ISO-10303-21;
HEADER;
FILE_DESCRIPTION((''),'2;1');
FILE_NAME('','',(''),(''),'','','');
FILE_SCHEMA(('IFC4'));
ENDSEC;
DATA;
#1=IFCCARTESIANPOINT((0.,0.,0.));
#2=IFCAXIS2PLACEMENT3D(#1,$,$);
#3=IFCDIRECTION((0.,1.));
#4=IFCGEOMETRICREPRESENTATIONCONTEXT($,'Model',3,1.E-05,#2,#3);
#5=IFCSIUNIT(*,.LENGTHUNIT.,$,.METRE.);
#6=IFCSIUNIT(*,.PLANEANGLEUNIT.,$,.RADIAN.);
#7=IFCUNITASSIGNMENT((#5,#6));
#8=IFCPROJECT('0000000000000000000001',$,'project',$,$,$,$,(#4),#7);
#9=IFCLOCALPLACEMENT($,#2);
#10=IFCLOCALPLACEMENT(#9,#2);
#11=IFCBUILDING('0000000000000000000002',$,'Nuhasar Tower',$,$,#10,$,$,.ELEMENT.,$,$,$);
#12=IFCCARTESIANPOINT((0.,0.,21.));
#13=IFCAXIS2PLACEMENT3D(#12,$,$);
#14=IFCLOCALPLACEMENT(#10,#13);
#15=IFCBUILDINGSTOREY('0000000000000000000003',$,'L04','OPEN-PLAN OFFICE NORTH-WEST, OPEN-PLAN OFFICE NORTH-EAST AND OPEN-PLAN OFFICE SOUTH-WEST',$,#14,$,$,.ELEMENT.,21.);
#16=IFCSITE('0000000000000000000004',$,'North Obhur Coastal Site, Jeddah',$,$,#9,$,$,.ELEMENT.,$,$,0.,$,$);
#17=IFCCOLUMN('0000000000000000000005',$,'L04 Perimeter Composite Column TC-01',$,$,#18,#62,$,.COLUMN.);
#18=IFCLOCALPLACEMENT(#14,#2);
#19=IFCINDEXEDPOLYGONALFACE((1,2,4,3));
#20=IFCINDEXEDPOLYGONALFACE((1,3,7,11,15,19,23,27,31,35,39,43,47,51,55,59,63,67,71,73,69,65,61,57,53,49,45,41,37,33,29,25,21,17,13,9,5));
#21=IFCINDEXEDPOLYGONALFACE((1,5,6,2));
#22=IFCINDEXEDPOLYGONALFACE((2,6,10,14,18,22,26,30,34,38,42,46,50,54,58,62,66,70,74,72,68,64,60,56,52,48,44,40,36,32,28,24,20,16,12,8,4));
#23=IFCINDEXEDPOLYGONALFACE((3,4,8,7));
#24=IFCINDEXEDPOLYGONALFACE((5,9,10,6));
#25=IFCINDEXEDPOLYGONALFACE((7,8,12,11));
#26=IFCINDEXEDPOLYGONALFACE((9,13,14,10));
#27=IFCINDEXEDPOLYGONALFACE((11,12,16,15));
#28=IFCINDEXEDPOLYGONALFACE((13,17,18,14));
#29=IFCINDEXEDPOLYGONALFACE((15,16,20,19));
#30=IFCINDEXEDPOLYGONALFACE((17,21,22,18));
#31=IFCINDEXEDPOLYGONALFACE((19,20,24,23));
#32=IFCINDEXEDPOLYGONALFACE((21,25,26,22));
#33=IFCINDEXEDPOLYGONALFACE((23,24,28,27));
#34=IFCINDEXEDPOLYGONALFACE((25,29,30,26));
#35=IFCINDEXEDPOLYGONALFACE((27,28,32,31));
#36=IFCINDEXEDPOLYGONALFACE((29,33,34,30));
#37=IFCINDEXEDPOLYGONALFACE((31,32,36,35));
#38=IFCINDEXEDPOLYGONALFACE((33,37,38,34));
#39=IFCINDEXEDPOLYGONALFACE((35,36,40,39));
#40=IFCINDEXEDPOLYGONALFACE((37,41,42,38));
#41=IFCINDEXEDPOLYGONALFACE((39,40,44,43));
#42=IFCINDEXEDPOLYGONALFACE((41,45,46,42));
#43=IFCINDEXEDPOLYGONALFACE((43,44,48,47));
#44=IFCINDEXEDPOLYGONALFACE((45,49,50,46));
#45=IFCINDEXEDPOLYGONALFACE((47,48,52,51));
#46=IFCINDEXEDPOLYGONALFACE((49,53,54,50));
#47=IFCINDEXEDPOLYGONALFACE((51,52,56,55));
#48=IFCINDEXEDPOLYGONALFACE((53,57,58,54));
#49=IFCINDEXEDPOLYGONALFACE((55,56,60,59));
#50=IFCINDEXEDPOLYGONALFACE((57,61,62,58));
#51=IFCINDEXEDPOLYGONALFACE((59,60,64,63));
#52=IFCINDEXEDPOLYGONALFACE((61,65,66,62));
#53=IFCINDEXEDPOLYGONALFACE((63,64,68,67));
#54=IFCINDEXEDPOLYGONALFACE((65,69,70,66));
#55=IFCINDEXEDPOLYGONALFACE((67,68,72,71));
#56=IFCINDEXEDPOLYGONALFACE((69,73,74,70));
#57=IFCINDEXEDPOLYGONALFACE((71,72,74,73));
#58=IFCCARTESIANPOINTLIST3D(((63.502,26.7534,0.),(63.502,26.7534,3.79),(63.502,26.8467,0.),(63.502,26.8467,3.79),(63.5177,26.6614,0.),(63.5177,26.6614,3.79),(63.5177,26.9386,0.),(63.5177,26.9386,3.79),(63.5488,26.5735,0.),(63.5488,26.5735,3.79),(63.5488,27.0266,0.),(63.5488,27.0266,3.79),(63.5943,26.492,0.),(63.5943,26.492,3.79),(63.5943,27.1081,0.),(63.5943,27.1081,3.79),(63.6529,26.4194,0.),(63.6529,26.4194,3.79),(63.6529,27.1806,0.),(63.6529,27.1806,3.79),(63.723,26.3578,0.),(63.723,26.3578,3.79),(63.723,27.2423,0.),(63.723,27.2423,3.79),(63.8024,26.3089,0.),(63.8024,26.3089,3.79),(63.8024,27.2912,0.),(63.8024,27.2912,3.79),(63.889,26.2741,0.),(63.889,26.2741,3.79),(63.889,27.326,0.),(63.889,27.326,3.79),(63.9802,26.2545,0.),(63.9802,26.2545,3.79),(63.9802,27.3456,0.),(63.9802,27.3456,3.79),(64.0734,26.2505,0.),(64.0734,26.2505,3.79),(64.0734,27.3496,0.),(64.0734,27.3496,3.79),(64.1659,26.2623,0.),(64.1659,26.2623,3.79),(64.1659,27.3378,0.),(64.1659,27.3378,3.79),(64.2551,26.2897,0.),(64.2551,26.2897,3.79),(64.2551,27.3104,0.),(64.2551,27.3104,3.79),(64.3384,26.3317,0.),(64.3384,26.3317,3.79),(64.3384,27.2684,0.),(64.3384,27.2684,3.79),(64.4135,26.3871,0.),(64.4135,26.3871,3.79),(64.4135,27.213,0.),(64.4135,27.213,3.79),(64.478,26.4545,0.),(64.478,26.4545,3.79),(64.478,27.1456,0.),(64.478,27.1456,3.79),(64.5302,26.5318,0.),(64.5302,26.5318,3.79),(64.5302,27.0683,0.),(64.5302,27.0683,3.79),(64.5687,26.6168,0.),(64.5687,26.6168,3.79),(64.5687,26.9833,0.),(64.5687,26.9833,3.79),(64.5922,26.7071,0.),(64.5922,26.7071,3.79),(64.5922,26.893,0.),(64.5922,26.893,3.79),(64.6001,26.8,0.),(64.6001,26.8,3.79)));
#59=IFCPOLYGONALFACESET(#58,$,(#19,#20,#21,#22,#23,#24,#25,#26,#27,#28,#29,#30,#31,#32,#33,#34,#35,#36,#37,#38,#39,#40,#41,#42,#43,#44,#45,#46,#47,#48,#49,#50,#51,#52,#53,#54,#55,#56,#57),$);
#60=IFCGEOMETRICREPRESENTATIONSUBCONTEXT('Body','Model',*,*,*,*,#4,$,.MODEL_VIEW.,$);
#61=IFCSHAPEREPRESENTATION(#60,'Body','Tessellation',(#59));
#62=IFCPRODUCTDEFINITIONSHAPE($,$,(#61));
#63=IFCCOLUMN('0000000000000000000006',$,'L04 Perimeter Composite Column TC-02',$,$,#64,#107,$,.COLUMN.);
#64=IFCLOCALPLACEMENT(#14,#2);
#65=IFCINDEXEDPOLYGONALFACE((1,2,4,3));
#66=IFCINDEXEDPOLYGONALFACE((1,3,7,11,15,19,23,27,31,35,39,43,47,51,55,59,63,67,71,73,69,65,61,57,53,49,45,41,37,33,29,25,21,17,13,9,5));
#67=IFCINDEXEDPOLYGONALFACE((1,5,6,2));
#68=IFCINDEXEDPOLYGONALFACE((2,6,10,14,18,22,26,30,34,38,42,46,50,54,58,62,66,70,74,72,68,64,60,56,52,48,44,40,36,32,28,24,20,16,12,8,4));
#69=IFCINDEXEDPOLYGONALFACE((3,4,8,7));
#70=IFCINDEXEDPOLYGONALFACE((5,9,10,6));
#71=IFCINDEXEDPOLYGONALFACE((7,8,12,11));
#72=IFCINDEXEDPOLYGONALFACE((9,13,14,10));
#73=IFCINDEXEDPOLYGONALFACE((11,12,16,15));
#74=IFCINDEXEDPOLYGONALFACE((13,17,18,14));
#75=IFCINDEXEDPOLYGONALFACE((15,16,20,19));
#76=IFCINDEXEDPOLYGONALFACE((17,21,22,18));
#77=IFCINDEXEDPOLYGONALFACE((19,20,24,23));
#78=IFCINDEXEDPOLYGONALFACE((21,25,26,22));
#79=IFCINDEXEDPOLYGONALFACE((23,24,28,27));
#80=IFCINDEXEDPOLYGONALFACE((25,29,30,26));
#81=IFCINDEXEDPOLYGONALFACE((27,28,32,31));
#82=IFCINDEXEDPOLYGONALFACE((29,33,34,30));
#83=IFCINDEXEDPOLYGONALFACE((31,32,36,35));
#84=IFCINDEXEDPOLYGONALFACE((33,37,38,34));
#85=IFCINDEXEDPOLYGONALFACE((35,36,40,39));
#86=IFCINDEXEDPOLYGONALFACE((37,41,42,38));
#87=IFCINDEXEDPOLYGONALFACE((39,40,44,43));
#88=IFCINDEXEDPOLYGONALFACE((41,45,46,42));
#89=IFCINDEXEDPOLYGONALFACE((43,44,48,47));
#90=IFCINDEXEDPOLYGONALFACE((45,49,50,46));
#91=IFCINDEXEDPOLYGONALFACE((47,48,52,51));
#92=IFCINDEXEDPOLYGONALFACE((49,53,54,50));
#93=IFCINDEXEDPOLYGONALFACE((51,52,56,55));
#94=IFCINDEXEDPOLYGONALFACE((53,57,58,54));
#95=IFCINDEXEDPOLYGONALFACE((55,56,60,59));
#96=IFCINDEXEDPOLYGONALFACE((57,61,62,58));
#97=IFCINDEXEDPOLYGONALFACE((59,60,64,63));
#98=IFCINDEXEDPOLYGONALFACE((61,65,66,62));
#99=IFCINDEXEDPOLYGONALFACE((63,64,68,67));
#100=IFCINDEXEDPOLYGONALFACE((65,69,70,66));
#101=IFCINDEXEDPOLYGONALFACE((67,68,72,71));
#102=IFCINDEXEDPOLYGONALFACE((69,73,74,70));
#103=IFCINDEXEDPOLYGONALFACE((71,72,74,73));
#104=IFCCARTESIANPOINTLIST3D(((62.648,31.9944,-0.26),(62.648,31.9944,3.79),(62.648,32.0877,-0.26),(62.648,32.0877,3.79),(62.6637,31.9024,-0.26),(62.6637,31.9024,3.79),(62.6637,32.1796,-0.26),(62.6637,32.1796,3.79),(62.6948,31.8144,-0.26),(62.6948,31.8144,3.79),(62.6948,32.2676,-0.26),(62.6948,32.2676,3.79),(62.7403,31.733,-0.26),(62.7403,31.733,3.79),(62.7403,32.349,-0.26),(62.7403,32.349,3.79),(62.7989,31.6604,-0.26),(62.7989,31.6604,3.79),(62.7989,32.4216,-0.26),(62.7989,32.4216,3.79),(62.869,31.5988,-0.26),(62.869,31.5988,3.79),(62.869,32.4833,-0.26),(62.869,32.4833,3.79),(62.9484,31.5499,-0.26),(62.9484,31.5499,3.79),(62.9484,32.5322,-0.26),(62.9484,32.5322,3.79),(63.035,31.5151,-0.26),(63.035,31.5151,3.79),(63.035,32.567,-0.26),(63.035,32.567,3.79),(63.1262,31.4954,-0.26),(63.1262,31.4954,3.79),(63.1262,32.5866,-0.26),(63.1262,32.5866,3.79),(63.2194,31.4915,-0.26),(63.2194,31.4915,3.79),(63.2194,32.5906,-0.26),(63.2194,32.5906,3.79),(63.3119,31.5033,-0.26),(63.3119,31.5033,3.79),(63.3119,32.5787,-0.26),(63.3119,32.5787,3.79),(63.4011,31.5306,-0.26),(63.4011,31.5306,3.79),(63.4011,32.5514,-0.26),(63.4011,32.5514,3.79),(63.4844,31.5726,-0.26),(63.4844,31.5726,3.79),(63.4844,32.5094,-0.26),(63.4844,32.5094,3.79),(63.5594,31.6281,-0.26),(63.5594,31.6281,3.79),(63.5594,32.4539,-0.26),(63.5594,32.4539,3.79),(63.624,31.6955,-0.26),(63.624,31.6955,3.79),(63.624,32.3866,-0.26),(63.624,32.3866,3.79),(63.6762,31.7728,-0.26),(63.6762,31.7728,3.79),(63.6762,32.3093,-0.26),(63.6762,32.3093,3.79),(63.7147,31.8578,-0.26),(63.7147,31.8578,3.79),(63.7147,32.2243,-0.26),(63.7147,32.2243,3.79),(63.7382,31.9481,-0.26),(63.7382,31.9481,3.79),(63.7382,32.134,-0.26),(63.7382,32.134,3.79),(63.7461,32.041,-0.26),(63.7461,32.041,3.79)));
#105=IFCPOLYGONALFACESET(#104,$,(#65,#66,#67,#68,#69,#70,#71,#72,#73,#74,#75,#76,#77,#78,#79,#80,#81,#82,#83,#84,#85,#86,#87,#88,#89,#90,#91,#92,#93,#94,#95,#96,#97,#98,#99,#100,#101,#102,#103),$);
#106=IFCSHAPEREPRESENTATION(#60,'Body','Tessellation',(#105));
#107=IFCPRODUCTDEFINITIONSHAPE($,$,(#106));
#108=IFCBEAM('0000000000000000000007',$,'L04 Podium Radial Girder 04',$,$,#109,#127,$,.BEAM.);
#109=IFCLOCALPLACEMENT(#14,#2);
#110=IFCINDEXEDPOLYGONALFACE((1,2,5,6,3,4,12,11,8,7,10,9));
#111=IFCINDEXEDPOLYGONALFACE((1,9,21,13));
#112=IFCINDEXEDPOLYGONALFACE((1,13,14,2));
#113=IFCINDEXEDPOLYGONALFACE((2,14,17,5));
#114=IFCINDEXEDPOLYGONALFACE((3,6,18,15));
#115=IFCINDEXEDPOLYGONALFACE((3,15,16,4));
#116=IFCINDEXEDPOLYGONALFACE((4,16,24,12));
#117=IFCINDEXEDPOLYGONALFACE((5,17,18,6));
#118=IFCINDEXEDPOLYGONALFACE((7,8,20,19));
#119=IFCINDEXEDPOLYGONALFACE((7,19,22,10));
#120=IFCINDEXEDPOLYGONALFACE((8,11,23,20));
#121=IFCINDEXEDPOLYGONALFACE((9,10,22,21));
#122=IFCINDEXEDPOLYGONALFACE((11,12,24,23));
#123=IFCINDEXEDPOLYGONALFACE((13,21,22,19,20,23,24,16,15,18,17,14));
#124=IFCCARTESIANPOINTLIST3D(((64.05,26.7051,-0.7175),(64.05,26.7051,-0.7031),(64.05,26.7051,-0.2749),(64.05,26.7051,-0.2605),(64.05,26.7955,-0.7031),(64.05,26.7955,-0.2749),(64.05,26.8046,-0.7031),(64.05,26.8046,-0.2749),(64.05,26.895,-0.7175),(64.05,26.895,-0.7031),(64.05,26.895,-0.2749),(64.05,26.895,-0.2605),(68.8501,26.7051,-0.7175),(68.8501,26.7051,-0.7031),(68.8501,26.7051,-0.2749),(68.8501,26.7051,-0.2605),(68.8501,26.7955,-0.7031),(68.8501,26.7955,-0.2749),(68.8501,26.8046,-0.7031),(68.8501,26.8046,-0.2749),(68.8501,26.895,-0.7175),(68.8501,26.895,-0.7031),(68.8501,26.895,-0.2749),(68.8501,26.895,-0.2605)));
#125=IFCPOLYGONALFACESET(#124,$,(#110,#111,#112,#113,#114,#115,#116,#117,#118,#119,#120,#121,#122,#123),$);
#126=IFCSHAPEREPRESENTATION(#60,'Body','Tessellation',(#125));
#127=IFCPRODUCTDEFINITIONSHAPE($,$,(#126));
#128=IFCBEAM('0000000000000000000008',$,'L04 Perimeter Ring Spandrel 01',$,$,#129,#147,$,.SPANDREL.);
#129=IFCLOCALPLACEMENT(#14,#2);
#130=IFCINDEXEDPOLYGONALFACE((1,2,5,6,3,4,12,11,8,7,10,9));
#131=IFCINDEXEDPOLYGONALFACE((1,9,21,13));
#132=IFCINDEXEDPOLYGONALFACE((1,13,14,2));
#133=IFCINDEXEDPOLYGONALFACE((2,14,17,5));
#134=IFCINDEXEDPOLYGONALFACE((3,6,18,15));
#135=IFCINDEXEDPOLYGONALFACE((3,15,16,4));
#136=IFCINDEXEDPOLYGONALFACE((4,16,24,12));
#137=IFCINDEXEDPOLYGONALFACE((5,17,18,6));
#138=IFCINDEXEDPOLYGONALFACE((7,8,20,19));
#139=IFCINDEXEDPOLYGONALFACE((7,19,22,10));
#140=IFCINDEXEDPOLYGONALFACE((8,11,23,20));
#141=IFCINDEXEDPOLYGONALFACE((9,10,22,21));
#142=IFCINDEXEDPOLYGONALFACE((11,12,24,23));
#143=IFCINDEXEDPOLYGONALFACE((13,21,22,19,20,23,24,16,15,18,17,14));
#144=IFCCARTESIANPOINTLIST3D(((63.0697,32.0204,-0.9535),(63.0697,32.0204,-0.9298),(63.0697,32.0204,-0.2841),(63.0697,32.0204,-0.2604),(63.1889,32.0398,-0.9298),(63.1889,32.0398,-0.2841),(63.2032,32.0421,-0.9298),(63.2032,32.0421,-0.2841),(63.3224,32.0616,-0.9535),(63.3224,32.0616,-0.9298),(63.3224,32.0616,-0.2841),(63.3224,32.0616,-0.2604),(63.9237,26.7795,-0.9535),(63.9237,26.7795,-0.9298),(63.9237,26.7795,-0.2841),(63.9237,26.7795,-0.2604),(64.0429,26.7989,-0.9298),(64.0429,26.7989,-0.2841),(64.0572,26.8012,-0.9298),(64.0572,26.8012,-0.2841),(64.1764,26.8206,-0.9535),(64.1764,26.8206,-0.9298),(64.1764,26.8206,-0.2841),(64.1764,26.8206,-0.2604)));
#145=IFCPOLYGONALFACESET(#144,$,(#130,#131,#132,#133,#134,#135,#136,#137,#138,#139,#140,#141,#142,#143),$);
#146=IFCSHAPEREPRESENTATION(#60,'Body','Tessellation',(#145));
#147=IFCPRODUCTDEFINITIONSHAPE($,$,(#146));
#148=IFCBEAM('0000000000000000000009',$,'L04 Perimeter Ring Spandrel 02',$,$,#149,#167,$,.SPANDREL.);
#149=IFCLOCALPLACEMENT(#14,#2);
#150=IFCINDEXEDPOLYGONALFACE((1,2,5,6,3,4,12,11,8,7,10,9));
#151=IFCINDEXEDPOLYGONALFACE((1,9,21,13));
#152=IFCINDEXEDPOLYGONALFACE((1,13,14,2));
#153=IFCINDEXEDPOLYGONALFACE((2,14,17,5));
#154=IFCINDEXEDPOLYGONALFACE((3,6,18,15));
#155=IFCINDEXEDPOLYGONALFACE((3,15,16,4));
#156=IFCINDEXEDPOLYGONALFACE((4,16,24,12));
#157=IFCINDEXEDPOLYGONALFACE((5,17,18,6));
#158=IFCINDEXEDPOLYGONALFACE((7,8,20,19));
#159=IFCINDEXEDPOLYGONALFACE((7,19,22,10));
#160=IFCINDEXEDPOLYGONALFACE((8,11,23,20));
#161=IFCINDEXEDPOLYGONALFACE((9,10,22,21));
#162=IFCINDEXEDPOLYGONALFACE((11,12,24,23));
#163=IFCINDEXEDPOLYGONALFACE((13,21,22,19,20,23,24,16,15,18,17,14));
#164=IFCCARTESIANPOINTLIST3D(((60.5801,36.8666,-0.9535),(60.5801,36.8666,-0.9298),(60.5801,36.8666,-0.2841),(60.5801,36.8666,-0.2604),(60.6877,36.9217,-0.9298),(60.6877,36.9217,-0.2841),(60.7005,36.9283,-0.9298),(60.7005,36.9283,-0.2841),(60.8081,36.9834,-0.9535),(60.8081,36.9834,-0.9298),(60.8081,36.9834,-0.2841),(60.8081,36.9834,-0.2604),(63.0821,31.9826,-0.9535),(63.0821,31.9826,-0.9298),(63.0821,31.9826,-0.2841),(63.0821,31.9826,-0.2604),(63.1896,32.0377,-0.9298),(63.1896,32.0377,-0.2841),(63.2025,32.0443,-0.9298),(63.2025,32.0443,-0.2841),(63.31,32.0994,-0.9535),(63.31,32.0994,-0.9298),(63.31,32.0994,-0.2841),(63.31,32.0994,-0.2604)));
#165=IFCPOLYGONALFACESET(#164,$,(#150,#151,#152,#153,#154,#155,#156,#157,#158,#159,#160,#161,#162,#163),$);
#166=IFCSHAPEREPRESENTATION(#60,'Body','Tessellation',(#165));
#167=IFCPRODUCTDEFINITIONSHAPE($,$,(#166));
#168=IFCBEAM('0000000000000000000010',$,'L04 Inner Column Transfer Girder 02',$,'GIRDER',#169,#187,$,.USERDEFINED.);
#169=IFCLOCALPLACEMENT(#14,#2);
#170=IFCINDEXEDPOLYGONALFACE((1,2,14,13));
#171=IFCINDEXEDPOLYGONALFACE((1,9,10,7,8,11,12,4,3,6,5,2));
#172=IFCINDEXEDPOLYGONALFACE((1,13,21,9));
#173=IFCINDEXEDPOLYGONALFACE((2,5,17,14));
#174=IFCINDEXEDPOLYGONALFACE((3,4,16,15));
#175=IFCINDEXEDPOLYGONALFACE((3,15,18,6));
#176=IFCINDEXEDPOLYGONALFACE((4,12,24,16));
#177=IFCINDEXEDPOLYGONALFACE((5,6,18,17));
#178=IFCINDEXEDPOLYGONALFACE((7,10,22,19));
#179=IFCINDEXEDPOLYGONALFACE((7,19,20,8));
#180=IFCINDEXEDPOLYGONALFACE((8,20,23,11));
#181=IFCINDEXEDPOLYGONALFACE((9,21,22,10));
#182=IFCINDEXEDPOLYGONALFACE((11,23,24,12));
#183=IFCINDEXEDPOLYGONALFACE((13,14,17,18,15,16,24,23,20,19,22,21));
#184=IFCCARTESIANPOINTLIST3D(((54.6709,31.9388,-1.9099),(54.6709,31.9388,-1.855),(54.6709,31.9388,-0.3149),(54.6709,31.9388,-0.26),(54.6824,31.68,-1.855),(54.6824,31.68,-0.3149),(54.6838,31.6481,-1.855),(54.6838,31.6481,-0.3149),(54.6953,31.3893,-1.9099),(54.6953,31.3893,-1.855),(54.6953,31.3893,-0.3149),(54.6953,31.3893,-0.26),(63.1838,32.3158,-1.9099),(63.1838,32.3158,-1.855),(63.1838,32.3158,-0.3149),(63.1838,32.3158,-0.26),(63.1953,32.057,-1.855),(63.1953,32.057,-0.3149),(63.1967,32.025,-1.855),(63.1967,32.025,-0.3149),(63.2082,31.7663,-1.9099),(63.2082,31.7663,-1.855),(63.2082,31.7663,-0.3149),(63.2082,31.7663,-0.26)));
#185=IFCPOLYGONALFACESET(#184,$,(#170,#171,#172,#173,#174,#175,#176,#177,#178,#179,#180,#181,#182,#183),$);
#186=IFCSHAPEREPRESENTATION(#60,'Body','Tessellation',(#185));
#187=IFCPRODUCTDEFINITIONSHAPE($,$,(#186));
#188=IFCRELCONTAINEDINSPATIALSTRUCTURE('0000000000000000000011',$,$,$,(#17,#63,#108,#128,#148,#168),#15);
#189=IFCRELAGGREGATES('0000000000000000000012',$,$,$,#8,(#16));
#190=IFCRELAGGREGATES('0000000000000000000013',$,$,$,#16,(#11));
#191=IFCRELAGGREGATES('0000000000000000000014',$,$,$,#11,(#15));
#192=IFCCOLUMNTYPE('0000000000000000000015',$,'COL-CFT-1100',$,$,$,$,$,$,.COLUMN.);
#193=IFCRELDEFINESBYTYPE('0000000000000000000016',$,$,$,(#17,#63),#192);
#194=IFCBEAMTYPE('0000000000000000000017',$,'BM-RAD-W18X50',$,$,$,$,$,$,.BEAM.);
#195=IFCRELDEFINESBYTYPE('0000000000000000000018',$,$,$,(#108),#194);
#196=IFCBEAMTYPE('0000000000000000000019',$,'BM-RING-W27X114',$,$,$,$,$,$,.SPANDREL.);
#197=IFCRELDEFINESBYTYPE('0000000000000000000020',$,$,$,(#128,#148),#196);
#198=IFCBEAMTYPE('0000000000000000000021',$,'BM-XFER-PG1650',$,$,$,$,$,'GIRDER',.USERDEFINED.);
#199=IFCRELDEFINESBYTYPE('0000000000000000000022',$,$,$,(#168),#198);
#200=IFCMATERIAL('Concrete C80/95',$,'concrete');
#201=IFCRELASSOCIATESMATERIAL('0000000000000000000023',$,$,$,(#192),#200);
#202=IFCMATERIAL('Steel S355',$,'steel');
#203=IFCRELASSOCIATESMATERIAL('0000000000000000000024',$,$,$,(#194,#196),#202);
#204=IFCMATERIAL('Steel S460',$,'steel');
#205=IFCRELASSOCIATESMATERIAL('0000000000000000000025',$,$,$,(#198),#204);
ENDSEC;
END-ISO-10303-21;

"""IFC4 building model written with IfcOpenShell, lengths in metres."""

from ifc_helpers import new_model, si_unit, direction, frame, origin, origin_2d, place, context, subcontext, project, spatial, circle, i_section, extrude, material, material_profile, profile_set, type_object, element, save


model = new_model("IFC4")

# Units and contexts
model_context = context("Model", 3, precision=1e-05, world=origin(), true_north=direction((0.0, 1.0)))
body_context = subcontext(model_context, "Body", "Model", "MODEL_VIEW")
ifc_project = project(units=[si_unit("LENGTHUNIT", "METRE"), si_unit("PLANEANGLEUNIT", "RADIAN")], contexts=[model_context])

# Site, building, storey
site_placement = place(None, origin())
site = spatial("IfcSite", under=ifc_project, at=site_placement, Name="North Obhur Coastal Site, Jeddah", CompositionType="ELEMENT", RefElevation=0.0)
building_placement = place(site_placement, origin())
building = spatial("IfcBuilding", under=site, at=building_placement, Name="Nuhasar Tower", CompositionType="ELEMENT")
storey_placement = place(building_placement, frame((0.0, 0.0, 21.0)))
storey = spatial("IfcBuildingStorey", under=building, at=storey_placement, Name="L04", Description="OPEN-PLAN OFFICE NORTH-WEST, OPEN-PLAN OFFICE NORTH-EAST AND OPEN-PLAN OFFICE SOUTH-WEST", CompositionType="ELEMENT", Elevation=21.0)

# Columns
ifc_material_1 = material(Name="Concrete C80/95", Category="concrete")
ifc_material_profile_1 = material_profile(ifc_material_1, circle(Radius=0.55, at=origin_2d()), Name="CFT1100")
ifc_profile_set_1 = profile_set([ifc_material_profile_1], Name="Concrete C80/95")
column_type = type_object("IfcColumnType", Name="COL-CFT-1100", PredefinedType="COLUMN", material=ifc_profile_set_1)
column_1_placement = place(storey_placement, frame((64.05, 26.8, 0.0), z_axis=(0.0, 0.0, 1.0), x_axis=(1.0, 0.0, 0.0)))
element("IfcColumn", 1, at=column_1_placement, inside=storey, type_object=column_type, Name="L04 Perimeter Composite Column TC-01", PredefinedType="COLUMN", context=body_context, shape_type="SweptSolid", body=[
    extrude(circle(Radius=0.55, at=origin_2d()), origin(), (0.0, 0.0, 1.0), 3.79),
])
column_2_placement = place(storey_placement, frame((63.196, 32.041, -0.26), z_axis=(0.0, 0.0, 1.0), x_axis=(1.0, 0.0, 0.0)))
element("IfcColumn", 2, at=column_2_placement, inside=storey, type_object=column_type, Name="L04 Perimeter Composite Column TC-02", PredefinedType="COLUMN", context=body_context, shape_type="SweptSolid", body=[
    extrude(circle(Radius=0.55, at=origin_2d()), origin(), (0.0, 0.0, 1.0), 4.05),
])

# Beams
ifc_material_2 = material(Name="Steel S355", Category="steel")
ifc_material_profile_2 = material_profile(ifc_material_2, i_section(OverallWidth=0.1899, OverallDepth=0.457, WebThickness=0.009, FlangeThickness=0.0144, at=origin_2d()), Name="W18X50")
ifc_profile_set_2 = profile_set([ifc_material_profile_2], Name="Steel S355")
beam_type_1 = type_object("IfcBeamType", Name="BM-RAD-W18X50", PredefinedType="BEAM", material=ifc_profile_set_2)
beam_1_placement = place(storey_placement, frame((64.05, 26.8, -0.489), z_axis=(1.0, 0.0, 0.0), x_axis=(0.0, 1.0, 0.0)))
element("IfcBeam", 3, at=beam_1_placement, inside=storey, type_object=beam_type_1, Name="L04 Podium Radial Girder 04", PredefinedType="BEAM", context=body_context, shape_type="SweptSolid", body=[
    extrude(i_section(OverallWidth=0.1899, OverallDepth=0.457, WebThickness=0.009, FlangeThickness=0.0144, at=origin_2d()), origin(), (0.0, 0.0, 1.0), 4.8),
])
ifc_material_profile_3 = material_profile(ifc_material_2, i_section(OverallWidth=0.2561, OverallDepth=0.6931, WebThickness=0.0144, FlangeThickness=0.0237, at=origin_2d()), Name="W27X114")
ifc_profile_set_3 = profile_set([ifc_material_profile_3], Name="Steel S355")
beam_type_2 = type_object("IfcBeamType", Name="BM-RING-W27X114", PredefinedType="SPANDREL", material=ifc_profile_set_3)
beam_2_placement = place(storey_placement, frame((64.05, 26.8, -0.6069), z_axis=(-0.160827, 0.986983, 0.0), x_axis=(-0.986983, -0.160827, 0.0)))
element("IfcBeam", 4, at=beam_2_placement, inside=storey, type_object=beam_type_2, Name="L04 Perimeter Ring Spandrel 01", PredefinedType="SPANDREL", context=body_context, shape_type="SweptSolid", body=[
    extrude(i_section(OverallWidth=0.2561, OverallDepth=0.6931, WebThickness=0.0144, FlangeThickness=0.0237, at=origin_2d()), origin(), (0.0, 0.0, 1.0), 5.3101),
])
beam_3_placement = place(storey_placement, frame((63.196, 32.041, -0.6069), z_axis=(-0.45593, 0.890016, 0.0), x_axis=(-0.890016, -0.45593, 0.0)))
element("IfcBeam", 5, at=beam_3_placement, inside=storey, type_object=beam_type_2, Name="L04 Perimeter Ring Spandrel 02", PredefinedType="SPANDREL", context=body_context, shape_type="SweptSolid", body=[
    extrude(i_section(OverallWidth=0.2561, OverallDepth=0.6931, WebThickness=0.0144, FlangeThickness=0.0237, at=origin_2d()), origin(), (0.0, 0.0, 1.0), 5.4875),
])
ifc_material_3 = material(Name="Steel S460", Category="steel")
ifc_material_profile_4 = material_profile(ifc_material_3, i_section(OverallWidth=0.55, OverallDepth=1.6499, WebThickness=0.032, FlangeThickness=0.0549, at=origin_2d()), Name="PG1650X550")
ifc_profile_set_4 = profile_set([ifc_material_profile_4], Name="Steel S460")
beam_type_3 = type_object("IfcBeamType", Name="BM-XFER-PG1650", ElementType="GIRDER", PredefinedType="USERDEFINED", material=ifc_profile_set_4)
beam_4_placement = place(storey_placement, frame((54.6831, 31.6641, -1.085), z_axis=(0.999021, 0.044237, 0.0), x_axis=(-0.044237, 0.999021, 0.0)))
element("IfcBeam", 6, at=beam_4_placement, inside=storey, type_object=beam_type_3, Name="L04 Inner Column Transfer Girder 02", ObjectType="GIRDER", PredefinedType="USERDEFINED", context=body_context, shape_type="SweptSolid", body=[
    extrude(i_section(OverallWidth=0.55, OverallDepth=1.6499, WebThickness=0.032, FlangeThickness=0.0549, at=origin_2d()), origin(), (0.0, 0.0, 1.0), 8.5212),
])

save(model, "model.ifc")
